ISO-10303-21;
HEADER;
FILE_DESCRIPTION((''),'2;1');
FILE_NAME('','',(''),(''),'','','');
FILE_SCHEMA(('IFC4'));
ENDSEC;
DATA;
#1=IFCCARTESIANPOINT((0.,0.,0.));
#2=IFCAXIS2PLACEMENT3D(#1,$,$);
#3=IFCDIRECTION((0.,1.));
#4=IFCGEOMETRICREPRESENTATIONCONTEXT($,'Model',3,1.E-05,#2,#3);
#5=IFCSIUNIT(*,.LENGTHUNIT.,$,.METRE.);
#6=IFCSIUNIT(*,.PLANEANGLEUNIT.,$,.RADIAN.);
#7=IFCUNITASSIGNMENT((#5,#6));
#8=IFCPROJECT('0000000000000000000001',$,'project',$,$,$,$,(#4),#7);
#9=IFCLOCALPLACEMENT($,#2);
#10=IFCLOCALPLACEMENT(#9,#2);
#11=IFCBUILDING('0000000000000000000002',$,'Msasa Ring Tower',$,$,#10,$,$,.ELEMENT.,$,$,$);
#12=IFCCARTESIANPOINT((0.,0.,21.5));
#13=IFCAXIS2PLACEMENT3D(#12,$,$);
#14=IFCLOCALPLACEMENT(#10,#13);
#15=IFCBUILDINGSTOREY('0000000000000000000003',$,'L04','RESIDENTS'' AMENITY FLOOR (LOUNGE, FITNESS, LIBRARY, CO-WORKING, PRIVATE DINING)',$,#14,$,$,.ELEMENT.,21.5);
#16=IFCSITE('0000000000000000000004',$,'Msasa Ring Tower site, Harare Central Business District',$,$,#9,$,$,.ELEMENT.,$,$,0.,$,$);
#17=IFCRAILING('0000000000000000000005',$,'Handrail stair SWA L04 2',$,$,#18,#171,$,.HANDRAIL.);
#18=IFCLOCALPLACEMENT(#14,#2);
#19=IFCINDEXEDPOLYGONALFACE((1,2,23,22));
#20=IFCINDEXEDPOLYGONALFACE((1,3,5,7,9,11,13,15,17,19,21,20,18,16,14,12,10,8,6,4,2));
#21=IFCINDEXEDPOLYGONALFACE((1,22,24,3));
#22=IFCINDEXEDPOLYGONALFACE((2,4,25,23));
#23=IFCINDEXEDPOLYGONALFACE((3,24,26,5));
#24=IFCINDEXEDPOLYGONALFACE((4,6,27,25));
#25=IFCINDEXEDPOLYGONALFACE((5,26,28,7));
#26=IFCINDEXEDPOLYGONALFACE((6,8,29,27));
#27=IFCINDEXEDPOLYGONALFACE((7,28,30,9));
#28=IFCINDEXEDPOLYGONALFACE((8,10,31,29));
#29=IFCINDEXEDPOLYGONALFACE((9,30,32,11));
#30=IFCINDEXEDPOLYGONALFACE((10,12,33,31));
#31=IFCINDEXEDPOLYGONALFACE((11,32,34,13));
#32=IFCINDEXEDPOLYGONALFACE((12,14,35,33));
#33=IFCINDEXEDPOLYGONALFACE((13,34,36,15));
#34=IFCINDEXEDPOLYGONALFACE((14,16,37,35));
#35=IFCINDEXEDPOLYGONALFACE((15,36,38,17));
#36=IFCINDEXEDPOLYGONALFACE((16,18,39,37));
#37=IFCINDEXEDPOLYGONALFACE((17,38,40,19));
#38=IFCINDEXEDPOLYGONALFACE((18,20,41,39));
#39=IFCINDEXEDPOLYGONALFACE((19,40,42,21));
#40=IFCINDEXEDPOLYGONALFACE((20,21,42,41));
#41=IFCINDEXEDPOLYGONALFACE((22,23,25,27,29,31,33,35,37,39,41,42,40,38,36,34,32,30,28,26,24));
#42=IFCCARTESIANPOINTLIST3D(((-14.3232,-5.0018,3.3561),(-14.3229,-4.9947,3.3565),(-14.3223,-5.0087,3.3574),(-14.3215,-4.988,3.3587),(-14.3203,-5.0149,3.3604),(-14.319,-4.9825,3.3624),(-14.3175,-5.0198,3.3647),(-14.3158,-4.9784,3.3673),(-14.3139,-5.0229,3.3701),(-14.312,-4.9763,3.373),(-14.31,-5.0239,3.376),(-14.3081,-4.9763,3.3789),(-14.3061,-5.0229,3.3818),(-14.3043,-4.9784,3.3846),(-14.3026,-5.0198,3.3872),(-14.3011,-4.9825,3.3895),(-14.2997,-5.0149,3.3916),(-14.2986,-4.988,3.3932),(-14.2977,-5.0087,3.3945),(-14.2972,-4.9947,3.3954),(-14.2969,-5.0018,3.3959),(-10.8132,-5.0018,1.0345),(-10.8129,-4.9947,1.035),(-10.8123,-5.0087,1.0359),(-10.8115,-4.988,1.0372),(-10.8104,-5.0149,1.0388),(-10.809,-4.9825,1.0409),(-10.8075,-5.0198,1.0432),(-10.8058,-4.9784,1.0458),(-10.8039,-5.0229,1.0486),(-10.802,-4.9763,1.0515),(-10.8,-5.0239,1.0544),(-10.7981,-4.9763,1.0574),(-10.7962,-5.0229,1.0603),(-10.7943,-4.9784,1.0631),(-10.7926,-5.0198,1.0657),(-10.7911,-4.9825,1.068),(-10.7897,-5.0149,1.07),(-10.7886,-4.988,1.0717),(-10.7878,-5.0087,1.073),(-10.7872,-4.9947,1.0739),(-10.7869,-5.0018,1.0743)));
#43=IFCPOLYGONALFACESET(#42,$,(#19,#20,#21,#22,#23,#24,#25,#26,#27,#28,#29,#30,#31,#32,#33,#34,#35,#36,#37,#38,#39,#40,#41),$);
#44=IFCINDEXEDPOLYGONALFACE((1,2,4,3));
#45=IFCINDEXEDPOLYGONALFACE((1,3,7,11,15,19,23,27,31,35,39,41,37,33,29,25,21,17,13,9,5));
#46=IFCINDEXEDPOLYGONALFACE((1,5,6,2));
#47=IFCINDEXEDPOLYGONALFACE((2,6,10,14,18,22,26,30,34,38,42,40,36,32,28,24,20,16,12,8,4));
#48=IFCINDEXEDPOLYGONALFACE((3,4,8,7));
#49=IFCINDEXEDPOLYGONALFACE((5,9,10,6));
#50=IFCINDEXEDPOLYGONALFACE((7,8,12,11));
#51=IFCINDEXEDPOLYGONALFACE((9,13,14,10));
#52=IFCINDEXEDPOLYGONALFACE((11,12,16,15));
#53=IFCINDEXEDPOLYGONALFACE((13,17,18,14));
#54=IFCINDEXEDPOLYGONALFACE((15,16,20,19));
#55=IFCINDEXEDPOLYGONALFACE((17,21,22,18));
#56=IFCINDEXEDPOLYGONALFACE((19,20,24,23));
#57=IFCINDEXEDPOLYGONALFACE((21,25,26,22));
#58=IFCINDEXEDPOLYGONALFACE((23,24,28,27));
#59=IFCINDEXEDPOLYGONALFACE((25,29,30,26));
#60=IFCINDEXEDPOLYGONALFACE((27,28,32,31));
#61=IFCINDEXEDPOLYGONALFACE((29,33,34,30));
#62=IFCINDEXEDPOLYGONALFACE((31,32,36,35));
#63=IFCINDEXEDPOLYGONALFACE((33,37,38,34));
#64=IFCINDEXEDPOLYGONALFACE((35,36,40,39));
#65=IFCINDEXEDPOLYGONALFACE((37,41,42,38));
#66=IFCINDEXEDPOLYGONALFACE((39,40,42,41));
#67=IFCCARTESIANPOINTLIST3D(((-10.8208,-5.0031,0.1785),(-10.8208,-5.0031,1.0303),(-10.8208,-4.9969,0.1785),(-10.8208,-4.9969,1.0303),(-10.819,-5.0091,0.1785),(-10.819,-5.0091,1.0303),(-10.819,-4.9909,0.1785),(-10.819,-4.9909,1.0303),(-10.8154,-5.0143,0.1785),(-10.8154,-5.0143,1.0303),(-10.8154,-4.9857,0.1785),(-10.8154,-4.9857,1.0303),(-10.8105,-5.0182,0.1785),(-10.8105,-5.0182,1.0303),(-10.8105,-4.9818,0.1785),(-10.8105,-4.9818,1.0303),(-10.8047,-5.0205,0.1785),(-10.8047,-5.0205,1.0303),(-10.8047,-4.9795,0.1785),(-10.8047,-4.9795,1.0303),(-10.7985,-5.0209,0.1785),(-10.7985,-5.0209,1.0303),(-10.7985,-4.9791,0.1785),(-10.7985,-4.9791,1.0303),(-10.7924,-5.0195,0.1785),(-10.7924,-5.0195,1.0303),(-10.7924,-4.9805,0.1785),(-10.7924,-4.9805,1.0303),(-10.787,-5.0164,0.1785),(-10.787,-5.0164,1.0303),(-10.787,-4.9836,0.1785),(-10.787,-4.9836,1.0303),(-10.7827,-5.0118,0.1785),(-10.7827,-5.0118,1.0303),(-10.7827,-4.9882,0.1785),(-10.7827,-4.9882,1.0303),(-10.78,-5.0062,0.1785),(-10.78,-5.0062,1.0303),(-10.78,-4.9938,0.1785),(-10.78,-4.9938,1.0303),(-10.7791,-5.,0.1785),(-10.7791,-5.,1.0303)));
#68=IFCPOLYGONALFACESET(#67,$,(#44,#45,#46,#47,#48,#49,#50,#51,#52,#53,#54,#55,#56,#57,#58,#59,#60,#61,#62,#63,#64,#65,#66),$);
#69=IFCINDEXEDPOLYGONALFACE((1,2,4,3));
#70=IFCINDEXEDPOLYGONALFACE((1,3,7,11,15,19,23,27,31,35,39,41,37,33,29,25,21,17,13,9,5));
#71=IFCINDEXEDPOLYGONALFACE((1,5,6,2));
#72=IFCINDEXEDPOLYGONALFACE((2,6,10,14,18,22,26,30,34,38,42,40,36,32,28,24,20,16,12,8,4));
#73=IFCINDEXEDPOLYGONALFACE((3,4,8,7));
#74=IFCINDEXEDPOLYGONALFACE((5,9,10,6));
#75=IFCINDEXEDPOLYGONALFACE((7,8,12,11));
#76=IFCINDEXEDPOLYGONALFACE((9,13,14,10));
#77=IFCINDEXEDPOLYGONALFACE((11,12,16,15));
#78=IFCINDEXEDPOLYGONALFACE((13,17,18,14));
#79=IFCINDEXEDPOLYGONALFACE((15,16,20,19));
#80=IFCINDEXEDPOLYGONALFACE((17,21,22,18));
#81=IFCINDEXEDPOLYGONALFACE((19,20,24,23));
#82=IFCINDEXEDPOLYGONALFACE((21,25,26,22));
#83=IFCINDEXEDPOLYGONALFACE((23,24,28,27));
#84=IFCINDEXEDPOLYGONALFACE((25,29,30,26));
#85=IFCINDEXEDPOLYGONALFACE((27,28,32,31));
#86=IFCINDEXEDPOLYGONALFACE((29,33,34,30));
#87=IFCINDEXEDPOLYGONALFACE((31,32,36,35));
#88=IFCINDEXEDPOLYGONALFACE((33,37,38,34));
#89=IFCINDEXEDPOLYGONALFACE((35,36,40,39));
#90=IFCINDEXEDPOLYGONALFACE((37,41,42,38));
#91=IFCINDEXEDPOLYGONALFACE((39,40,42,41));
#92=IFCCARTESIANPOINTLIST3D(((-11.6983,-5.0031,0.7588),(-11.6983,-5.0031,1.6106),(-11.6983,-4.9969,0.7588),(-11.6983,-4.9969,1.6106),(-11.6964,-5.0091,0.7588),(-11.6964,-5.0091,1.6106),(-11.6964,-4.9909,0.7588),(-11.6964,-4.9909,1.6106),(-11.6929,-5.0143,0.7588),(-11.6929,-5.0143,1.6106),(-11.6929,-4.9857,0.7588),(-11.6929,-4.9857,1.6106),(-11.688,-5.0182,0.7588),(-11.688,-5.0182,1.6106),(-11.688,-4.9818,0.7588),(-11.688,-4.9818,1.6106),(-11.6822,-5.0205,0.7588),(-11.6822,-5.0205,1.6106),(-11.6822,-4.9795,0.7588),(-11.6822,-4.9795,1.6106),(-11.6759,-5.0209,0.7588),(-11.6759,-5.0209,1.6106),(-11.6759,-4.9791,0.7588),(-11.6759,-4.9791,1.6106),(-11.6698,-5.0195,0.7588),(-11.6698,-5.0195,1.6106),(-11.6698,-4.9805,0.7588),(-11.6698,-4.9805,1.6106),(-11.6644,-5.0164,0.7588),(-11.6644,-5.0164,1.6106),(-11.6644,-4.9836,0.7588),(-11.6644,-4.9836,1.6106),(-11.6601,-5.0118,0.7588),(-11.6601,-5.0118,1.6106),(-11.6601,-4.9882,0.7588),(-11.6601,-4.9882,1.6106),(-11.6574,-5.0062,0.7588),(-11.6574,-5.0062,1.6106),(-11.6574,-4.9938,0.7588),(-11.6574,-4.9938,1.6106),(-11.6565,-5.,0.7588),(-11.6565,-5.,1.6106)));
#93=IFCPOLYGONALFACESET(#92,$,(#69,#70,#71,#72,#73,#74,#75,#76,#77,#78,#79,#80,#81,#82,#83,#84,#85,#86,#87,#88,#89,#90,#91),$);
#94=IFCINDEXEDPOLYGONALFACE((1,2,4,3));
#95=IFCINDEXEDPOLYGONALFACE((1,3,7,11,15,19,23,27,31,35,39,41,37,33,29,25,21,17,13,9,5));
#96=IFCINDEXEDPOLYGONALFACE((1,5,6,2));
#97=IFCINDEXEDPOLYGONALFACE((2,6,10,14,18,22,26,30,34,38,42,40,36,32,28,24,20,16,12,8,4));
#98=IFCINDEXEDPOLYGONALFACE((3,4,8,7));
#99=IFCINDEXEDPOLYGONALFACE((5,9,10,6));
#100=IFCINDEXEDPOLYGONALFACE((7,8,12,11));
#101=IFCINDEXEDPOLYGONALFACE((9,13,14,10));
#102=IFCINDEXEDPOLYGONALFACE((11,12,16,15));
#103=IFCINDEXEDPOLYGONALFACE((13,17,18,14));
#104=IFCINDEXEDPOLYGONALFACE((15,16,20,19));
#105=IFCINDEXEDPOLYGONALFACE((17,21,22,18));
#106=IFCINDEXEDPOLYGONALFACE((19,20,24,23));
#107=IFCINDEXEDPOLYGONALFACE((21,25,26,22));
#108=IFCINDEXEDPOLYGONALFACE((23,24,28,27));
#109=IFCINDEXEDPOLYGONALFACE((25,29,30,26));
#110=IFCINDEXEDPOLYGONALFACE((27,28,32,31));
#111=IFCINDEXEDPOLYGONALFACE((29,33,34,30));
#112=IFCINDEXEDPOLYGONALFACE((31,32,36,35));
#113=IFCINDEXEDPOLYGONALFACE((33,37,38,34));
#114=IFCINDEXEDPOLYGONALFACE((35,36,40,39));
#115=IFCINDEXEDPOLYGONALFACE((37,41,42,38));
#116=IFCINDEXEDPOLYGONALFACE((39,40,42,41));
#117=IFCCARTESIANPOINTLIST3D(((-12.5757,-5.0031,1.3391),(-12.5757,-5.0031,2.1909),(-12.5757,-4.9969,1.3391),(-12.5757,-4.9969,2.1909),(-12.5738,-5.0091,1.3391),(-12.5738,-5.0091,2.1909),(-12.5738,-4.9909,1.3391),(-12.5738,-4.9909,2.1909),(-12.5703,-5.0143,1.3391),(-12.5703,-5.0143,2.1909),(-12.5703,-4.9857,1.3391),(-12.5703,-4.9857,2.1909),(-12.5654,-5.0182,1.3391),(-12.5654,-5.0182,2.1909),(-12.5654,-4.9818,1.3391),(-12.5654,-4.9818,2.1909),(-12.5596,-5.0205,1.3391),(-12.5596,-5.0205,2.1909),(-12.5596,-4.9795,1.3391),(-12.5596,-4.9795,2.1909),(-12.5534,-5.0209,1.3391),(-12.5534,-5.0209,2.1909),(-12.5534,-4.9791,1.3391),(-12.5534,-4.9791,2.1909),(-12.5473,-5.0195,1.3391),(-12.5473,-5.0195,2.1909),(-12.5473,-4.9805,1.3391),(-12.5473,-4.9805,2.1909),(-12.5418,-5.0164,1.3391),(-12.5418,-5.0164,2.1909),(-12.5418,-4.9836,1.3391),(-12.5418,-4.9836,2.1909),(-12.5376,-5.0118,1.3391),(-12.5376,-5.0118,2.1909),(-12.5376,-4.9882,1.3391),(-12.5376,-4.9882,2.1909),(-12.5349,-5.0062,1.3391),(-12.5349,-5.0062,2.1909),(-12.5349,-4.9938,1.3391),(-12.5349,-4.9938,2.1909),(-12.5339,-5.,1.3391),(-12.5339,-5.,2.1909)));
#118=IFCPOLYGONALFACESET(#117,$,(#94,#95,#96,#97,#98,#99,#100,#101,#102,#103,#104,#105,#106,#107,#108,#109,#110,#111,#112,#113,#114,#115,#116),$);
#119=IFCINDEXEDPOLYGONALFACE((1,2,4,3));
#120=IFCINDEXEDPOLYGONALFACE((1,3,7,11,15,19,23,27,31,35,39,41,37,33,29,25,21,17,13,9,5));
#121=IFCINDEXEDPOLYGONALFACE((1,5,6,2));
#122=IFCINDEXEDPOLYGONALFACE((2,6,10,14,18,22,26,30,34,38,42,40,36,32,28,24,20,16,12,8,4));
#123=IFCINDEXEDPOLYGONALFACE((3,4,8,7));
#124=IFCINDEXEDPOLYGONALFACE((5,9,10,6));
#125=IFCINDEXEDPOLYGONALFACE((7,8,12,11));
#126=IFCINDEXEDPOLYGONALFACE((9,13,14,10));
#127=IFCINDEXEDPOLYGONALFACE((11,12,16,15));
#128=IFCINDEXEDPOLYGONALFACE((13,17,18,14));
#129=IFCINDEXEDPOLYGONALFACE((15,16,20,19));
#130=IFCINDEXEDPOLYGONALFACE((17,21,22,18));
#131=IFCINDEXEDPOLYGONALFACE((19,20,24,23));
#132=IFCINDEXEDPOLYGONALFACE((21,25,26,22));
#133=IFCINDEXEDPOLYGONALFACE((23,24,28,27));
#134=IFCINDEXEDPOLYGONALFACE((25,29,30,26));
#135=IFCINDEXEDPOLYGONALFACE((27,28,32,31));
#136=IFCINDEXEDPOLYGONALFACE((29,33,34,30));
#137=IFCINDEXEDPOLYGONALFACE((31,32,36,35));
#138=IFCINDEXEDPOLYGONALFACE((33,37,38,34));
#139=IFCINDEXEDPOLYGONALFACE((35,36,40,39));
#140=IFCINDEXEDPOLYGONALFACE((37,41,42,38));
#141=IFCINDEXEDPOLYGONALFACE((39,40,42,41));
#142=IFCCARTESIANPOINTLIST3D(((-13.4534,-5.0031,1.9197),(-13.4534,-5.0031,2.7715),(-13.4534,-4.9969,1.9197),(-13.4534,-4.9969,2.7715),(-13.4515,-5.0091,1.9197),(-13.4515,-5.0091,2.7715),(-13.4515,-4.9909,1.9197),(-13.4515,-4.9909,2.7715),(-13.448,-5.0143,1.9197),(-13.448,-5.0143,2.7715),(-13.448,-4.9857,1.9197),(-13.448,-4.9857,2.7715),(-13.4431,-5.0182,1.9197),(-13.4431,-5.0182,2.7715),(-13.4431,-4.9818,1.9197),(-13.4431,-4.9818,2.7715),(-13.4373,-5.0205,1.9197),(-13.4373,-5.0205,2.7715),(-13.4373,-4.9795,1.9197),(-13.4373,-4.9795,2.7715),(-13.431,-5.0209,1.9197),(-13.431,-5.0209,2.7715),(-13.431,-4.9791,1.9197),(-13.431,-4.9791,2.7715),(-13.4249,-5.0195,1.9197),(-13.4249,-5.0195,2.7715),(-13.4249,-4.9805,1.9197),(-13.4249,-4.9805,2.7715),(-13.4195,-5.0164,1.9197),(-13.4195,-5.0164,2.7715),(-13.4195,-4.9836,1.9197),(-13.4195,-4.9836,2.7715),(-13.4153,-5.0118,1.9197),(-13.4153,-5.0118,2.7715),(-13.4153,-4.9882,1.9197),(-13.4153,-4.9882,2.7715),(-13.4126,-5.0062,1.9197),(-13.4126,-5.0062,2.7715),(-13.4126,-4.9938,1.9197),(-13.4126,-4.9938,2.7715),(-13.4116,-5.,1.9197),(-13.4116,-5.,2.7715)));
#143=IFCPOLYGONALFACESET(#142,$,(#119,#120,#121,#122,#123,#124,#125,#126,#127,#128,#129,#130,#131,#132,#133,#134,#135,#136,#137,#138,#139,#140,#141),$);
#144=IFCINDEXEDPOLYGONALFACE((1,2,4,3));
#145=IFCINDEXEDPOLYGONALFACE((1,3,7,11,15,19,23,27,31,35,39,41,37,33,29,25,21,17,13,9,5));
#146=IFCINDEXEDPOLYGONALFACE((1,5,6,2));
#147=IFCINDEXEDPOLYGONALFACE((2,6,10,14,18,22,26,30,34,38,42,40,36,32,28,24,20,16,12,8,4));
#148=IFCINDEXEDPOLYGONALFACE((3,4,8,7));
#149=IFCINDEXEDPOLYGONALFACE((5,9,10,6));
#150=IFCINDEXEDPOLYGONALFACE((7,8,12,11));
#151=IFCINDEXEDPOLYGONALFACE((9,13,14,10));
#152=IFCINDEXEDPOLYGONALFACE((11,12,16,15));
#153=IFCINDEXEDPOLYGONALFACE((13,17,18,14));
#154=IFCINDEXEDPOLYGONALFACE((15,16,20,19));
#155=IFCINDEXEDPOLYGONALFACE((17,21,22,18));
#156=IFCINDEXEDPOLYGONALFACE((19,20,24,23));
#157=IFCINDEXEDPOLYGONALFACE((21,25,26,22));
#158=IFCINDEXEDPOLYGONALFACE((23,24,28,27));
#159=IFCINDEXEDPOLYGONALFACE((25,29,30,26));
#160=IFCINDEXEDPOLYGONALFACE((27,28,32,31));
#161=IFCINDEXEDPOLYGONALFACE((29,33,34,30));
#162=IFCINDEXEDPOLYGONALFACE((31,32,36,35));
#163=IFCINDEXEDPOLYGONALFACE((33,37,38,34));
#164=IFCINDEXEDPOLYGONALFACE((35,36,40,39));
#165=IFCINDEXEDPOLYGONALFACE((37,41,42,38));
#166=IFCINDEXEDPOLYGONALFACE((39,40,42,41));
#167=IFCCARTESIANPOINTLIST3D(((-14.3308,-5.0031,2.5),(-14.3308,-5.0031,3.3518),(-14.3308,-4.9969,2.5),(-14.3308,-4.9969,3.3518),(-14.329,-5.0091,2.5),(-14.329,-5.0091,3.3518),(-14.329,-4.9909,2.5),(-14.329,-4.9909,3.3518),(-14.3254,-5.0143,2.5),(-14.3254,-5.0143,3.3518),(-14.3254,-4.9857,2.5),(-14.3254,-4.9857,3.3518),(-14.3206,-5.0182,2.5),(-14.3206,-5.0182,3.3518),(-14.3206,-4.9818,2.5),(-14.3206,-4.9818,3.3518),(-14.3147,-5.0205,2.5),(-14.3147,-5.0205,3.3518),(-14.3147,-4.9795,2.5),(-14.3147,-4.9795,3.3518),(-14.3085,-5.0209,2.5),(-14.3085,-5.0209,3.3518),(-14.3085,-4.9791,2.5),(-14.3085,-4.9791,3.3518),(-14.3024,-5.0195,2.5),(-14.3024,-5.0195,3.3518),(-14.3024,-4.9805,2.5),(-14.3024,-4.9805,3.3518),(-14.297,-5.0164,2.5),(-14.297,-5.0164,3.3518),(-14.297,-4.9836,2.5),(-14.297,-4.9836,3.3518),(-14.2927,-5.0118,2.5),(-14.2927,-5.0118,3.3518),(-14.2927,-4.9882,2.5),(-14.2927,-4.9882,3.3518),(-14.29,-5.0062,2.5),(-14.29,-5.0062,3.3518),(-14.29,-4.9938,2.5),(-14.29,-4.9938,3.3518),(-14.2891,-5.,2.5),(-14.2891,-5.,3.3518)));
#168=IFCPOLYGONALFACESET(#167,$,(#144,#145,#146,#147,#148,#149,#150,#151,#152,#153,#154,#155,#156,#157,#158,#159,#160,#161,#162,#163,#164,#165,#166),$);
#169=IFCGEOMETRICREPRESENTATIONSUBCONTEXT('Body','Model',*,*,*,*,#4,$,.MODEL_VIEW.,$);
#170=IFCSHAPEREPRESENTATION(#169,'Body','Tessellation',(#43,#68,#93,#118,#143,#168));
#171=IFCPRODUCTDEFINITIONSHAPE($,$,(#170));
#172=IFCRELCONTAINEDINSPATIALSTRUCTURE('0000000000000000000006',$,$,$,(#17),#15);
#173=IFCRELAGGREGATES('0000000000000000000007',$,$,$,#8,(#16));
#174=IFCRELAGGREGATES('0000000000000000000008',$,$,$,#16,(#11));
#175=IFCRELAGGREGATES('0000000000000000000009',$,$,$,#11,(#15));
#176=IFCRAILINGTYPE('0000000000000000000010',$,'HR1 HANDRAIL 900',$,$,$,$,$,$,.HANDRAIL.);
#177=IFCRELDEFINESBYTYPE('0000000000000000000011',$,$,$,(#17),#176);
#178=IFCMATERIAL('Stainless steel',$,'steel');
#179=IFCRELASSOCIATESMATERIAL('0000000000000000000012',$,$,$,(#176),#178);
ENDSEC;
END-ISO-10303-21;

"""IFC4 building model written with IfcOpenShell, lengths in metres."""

from ifc_helpers import new_model, si_unit, direction, frame, origin, origin_2d, place, context, subcontext, project, spatial, circle, extrude, material, type_object, element, save


model = new_model("IFC4")

# Units and contexts
model_context = context("Model", 3, precision=1e-05, world=origin(), true_north=direction((0.0, 1.0)))
body_context = subcontext(model_context, "Body", "Model", "MODEL_VIEW")
ifc_project = project(units=[si_unit("LENGTHUNIT", "METRE"), si_unit("PLANEANGLEUNIT", "RADIAN")], contexts=[model_context])

# Site, building, storey
site_placement = place(None, origin())
site = spatial("IfcSite", under=ifc_project, at=site_placement, Name="Msasa Ring Tower site, Harare Central Business District", CompositionType="ELEMENT", RefElevation=0.0)
building_placement = place(site_placement, origin())
building = spatial("IfcBuilding", under=site, at=building_placement, Name="Msasa Ring Tower", CompositionType="ELEMENT")
storey_placement = place(building_placement, frame((0.0, 0.0, 21.5)))
storey = spatial("IfcBuildingStorey", under=building, at=storey_placement, Name="L04", Description="RESIDENTS' AMENITY FLOOR (LOUNGE, FITNESS, LIBRARY, CO-WORKING, PRIVATE DINING)", CompositionType="ELEMENT", Elevation=21.5)

# Railing
ifc_material_1 = material(Name="Stainless steel", Category="steel")
railing_type = type_object("IfcRailingType", Name="HR1 HANDRAIL 900", PredefinedType="HANDRAIL", material=ifc_material_1)
for number, where, name in (
    (1, (-10.8, -5.0, 0.1785), "Handrail stair SWA L04 2"),
):
    element("IfcRailing", number, at=place(storey_placement, frame(where)), inside=storey, type_object=railing_type, Name=name, PredefinedType="HANDRAIL", context=body_context, shape_type="SweptSolid", body=[
        extrude(circle(Radius=0.0239, at=origin_2d()), frame((0.0, 0.0, 0.876), z_axis=(-0.834071, 0.0, 0.551657), x_axis=(0.0, -1.0, 0.0)), (0.0, 0.0, 1.0), 4.2083),
        extrude(circle(Radius=0.021, at=origin_2d()), origin(), (0.0, 0.0, 1.0), 0.8518),
        extrude(circle(Radius=0.021, at=origin_2d()), frame((-0.8774, 0.0, 0.5803)), (0.0, 0.0, 1.0), 0.8518),
        extrude(circle(Radius=0.021, at=origin_2d()), frame((-1.7549, 0.0, 1.1606)), (0.0, 0.0, 1.0), 0.8518),
        extrude(circle(Radius=0.021, at=origin_2d()), frame((-2.6326, 0.0, 1.7412)), (0.0, 0.0, 1.0), 0.8518),
        extrude(circle(Radius=0.021, at=origin_2d()), frame((-3.51, 0.0, 2.3215)), (0.0, 0.0, 1.0), 0.8518),
    ])

save(model, "model.ifc")
